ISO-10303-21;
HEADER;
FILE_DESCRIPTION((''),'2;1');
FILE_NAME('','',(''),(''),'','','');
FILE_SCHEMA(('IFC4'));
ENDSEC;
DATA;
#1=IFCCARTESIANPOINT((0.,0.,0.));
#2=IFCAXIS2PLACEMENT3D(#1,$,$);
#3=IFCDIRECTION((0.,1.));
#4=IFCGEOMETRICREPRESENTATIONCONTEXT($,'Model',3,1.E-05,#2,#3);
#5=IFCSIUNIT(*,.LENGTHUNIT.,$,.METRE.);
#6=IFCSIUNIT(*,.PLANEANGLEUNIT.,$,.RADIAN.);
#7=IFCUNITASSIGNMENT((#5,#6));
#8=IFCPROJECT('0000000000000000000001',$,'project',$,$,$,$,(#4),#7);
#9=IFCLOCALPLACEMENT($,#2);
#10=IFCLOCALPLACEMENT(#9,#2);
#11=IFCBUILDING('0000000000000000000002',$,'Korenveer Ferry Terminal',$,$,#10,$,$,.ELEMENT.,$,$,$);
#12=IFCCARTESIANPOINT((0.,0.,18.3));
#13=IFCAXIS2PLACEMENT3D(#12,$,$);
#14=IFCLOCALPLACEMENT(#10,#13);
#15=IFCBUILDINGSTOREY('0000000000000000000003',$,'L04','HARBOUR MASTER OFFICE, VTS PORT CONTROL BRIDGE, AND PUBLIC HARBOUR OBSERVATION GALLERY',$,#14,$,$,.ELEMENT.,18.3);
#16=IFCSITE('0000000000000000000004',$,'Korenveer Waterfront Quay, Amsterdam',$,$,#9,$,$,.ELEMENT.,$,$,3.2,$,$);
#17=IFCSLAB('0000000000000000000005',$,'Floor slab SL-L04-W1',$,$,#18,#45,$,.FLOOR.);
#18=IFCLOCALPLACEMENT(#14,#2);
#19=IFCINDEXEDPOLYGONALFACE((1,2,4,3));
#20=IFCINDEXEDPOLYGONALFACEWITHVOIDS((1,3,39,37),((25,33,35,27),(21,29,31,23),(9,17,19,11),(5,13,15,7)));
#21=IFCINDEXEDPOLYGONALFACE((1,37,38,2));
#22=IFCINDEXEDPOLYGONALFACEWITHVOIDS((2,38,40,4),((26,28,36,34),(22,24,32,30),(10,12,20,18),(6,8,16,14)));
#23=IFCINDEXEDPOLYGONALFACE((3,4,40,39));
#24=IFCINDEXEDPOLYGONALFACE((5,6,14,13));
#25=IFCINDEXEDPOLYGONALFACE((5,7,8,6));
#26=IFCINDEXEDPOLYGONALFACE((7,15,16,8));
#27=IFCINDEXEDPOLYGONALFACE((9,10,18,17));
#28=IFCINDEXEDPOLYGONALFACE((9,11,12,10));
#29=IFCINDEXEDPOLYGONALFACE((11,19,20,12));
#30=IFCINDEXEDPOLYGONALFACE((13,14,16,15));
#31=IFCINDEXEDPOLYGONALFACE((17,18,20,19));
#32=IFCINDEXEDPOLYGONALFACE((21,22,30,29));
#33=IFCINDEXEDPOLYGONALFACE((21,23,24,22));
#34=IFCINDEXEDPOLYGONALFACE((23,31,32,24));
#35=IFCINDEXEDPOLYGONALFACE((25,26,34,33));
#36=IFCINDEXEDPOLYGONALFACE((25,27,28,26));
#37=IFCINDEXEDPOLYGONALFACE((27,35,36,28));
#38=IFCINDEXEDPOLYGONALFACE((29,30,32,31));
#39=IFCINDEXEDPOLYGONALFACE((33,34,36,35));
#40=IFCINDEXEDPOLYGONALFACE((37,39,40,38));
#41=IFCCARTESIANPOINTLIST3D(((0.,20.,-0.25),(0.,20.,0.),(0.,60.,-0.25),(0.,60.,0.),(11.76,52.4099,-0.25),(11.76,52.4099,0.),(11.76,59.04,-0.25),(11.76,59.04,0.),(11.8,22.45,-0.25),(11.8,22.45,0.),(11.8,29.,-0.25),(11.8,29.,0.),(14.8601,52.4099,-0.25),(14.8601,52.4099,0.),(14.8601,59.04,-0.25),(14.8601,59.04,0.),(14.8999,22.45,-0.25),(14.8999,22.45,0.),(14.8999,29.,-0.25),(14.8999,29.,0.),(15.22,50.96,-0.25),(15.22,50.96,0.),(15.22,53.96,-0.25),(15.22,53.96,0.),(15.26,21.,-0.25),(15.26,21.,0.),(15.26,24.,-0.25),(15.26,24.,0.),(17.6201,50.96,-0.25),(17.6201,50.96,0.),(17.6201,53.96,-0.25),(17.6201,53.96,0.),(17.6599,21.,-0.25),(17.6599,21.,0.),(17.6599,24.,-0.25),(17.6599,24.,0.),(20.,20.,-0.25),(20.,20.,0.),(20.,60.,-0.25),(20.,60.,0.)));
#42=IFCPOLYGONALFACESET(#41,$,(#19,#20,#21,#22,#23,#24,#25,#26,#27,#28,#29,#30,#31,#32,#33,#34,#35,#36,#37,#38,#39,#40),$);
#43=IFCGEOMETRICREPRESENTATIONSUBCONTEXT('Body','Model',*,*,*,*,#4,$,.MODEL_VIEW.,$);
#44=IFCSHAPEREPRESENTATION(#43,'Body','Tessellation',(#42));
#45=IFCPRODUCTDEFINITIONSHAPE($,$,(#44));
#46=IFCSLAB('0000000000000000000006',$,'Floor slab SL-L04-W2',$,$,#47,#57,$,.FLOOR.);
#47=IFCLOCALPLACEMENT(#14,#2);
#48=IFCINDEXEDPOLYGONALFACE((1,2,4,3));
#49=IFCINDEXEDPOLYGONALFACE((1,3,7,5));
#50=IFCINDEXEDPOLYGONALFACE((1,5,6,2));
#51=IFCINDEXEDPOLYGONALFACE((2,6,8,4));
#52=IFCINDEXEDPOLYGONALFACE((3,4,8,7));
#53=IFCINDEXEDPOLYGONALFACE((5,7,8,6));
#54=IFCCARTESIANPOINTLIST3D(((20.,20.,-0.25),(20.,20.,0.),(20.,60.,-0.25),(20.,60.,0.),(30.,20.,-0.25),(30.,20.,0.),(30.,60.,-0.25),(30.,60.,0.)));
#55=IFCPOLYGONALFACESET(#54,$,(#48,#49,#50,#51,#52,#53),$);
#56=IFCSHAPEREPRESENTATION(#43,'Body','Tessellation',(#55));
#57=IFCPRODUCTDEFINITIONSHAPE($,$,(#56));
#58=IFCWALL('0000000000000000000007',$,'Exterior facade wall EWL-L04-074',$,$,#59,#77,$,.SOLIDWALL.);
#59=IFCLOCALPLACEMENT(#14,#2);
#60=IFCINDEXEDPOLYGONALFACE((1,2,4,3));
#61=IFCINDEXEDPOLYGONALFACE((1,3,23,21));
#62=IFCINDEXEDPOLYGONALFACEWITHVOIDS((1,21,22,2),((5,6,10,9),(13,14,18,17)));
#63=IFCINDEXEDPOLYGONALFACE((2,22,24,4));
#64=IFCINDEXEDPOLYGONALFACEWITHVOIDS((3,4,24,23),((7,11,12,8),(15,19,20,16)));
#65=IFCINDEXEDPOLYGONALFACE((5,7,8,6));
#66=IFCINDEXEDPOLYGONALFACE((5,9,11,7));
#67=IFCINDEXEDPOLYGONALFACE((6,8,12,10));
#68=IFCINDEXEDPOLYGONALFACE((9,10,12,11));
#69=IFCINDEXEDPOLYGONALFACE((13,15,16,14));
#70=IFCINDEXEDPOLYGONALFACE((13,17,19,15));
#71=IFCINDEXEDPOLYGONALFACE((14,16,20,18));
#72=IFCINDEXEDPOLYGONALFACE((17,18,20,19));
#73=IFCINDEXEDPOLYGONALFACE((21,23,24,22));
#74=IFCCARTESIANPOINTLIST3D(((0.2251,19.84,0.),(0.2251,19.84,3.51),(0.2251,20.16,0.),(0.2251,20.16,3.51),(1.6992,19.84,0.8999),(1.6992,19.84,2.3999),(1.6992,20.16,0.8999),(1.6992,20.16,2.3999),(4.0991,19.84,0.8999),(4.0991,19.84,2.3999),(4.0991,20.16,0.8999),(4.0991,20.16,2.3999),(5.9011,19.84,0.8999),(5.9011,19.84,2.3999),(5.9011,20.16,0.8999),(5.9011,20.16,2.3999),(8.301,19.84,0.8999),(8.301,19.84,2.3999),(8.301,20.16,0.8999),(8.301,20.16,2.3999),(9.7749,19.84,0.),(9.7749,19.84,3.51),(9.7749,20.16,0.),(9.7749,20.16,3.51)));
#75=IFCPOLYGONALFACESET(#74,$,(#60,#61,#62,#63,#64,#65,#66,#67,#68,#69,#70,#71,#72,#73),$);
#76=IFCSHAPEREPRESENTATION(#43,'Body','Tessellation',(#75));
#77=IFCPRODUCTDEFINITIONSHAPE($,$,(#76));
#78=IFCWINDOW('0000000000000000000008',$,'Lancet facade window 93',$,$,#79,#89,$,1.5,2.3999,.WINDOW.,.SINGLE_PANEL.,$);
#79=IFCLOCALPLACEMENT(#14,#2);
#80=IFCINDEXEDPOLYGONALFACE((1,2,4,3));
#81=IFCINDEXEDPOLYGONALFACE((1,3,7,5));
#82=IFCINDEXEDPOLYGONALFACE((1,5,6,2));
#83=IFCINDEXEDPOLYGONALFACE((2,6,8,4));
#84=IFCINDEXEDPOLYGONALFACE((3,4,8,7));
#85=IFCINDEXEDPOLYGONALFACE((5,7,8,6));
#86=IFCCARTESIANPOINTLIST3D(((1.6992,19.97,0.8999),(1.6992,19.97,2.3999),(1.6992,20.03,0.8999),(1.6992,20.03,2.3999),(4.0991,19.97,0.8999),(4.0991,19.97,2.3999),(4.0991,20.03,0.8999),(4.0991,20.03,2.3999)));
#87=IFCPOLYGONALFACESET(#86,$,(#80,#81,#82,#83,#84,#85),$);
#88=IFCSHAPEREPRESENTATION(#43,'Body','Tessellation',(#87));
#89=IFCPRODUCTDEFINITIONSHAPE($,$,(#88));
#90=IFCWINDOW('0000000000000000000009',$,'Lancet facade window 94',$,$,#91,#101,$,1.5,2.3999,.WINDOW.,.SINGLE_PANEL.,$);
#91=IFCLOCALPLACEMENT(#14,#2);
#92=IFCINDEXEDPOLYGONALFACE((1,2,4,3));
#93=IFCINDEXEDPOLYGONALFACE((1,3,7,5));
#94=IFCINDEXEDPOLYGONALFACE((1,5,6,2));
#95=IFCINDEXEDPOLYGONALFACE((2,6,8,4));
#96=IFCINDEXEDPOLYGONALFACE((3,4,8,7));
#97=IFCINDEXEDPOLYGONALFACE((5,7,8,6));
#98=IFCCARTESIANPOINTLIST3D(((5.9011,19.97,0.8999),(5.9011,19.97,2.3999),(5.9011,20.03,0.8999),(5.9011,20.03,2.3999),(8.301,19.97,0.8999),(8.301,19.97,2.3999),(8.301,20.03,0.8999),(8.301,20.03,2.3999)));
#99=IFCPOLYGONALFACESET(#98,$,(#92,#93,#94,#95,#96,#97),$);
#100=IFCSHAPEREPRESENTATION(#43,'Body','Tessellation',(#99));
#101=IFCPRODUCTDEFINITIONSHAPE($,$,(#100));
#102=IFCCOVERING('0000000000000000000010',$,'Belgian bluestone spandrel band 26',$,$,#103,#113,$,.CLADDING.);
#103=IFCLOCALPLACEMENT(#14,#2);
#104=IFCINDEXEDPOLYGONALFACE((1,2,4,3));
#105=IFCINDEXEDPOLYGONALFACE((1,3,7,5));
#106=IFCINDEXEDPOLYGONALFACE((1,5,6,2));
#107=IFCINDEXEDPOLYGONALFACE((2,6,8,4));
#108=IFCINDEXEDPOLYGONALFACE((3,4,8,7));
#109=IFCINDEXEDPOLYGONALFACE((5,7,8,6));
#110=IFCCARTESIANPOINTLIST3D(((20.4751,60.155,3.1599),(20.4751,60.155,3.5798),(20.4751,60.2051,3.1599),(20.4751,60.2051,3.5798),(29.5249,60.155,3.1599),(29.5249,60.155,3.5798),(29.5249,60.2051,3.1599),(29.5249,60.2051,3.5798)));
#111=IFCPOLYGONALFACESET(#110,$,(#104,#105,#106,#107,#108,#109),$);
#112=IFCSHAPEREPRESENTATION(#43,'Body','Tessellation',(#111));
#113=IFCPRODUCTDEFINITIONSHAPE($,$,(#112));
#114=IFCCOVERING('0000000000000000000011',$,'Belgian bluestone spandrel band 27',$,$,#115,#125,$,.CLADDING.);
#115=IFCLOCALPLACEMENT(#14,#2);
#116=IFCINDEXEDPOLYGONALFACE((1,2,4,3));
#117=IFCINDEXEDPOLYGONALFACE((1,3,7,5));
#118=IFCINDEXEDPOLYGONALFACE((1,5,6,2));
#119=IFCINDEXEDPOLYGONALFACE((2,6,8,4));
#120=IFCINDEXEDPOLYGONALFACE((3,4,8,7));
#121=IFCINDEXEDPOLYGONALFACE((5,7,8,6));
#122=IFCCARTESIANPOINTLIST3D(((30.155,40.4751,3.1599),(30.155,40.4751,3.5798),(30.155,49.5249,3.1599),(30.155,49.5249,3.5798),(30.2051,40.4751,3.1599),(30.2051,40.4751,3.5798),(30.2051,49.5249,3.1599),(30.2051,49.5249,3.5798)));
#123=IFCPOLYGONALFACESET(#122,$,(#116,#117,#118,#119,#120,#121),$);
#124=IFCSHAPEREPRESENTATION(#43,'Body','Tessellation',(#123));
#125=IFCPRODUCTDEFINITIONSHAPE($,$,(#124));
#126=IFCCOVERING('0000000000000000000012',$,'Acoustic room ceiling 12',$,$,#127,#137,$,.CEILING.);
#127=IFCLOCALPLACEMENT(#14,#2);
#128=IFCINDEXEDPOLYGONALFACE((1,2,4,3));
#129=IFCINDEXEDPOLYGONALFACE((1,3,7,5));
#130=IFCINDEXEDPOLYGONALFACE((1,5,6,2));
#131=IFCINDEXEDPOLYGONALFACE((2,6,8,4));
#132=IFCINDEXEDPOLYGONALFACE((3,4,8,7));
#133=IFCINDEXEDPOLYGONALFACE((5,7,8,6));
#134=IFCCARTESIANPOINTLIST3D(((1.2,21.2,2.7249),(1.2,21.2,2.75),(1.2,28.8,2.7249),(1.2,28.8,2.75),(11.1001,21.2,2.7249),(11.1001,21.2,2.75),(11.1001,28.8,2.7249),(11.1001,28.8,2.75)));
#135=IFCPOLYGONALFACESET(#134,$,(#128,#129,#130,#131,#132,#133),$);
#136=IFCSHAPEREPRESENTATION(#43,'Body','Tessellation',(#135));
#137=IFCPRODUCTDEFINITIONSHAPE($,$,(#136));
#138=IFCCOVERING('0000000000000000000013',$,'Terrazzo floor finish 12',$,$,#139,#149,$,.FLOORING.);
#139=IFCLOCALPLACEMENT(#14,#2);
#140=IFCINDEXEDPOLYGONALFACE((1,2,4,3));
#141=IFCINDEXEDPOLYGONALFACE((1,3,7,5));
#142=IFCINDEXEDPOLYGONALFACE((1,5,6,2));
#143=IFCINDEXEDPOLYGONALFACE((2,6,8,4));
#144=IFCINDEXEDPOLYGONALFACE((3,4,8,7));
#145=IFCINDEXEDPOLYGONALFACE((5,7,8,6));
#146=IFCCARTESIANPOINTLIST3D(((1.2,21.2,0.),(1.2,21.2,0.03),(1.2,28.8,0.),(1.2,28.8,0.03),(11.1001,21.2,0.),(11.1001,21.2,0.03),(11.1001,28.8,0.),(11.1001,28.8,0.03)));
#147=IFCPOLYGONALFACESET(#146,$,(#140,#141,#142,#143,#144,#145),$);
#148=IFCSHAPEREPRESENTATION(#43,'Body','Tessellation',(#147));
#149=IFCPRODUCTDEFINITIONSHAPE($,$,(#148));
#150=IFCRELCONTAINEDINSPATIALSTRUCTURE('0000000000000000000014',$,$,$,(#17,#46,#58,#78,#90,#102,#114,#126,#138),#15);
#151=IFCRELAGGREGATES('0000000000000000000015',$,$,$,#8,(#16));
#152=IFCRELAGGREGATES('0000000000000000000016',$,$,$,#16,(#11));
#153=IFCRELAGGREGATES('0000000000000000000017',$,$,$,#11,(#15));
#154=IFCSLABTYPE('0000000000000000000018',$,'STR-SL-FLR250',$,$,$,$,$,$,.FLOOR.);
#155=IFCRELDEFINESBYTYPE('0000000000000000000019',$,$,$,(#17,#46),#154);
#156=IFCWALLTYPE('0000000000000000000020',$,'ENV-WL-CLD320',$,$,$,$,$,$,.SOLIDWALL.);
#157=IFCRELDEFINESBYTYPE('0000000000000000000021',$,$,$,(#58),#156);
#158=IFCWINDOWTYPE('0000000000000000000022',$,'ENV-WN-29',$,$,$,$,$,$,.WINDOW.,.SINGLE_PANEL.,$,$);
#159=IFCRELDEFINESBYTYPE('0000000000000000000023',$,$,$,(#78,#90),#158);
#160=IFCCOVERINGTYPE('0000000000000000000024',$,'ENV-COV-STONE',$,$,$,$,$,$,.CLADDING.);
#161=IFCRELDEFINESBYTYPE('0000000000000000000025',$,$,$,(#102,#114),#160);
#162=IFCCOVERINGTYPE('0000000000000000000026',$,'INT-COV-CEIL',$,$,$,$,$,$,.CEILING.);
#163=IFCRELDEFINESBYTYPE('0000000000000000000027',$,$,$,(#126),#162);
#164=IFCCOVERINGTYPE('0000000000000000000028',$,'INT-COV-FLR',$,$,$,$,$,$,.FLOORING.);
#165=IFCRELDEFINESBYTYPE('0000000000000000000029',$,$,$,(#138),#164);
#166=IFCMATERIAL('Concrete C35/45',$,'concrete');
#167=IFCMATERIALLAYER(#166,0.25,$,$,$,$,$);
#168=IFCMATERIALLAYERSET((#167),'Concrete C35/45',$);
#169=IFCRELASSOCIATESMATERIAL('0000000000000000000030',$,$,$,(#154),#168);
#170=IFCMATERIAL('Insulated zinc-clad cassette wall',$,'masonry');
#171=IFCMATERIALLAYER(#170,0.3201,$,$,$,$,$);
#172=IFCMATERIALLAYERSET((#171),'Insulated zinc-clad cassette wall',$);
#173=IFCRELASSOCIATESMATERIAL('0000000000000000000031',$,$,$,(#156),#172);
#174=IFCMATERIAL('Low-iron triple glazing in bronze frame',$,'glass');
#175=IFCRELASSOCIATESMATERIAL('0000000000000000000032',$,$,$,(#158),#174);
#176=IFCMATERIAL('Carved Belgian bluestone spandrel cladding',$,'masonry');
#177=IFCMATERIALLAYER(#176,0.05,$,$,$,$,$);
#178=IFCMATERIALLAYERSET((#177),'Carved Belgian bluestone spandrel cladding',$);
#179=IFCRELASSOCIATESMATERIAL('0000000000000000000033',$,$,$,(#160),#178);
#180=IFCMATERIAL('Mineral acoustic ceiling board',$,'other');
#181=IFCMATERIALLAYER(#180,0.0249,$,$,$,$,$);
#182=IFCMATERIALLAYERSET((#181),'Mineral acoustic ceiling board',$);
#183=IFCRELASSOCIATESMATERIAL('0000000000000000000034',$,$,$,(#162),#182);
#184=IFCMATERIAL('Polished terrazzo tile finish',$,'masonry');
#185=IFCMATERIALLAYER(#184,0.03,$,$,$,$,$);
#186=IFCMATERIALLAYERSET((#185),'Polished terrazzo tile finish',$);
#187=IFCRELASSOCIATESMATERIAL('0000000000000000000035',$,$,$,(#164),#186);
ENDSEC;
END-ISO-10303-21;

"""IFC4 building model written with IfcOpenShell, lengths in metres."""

from ifc_helpers import new_model, si_unit, direction, frame, frame_2d, origin, place, context, subcontext, project, spatial, polyline, rectangle, outline, extrude, material, layer, layer_set, type_object, element, fill, save


model = new_model("IFC4")

# Units and contexts
model_context = context("Model", 3, precision=1e-05, world=origin(), true_north=direction((0.0, 1.0)))
body_context = subcontext(model_context, "Body", "Model", "MODEL_VIEW")
ifc_project = project(units=[si_unit("LENGTHUNIT", "METRE"), si_unit("PLANEANGLEUNIT", "RADIAN")], contexts=[model_context])

# Site, building, storey
site_placement = place(None, origin())
site = spatial("IfcSite", under=ifc_project, at=site_placement, Name="Korenveer Waterfront Quay, Amsterdam", CompositionType="ELEMENT", RefElevation=3.2)
building_placement = place(site_placement, origin())
building = spatial("IfcBuilding", under=site, at=building_placement, Name="Korenveer Ferry Terminal", CompositionType="ELEMENT")
storey_placement = place(building_placement, frame((0.0, 0.0, 18.3)))
storey = spatial("IfcBuildingStorey", under=building, at=storey_placement, Name="L04", Description="HARBOUR MASTER OFFICE, VTS PORT CONTROL BRIDGE, AND PUBLIC HARBOUR OBSERVATION GALLERY", CompositionType="ELEMENT", Elevation=18.3)

# Slabs
ifc_material_1 = material(Name="Concrete C35/45", Category="concrete")
ifc_layer_1 = layer(ifc_material_1, 0.25)
ifc_layer_set_1 = layer_set([ifc_layer_1], Name="Concrete C35/45")
slab_type_1 = type_object("IfcSlabType", Name="STR-SL-FLR250", PredefinedType="FLOOR", material=ifc_layer_set_1)
slab_1_placement = place(storey_placement, frame((0.0, 0.0, -0.25)))
element("IfcSlab", 1, at=slab_1_placement, inside=storey, type_object=slab_type_1, Name="Floor slab SL-L04-W1", PredefinedType="FLOOR", context=body_context, shape_type="SweptSolid", body=[
    extrude(outline(polyline([(0.0, 20.0), (20.0, 20.0), (20.0, 60.0), (0.0, 60.0), (0.0, 20.0)]), holes=[polyline([(14.8999, 22.45), (14.8999, 29.0), (11.8, 29.0), (11.8, 22.45), (14.8999, 22.45)]), polyline([(15.26, 21.0), (17.6599, 21.0), (17.6599, 24.0), (15.26, 24.0), (15.26, 21.0)]), polyline([(14.8601, 52.4099), (14.8601, 59.04), (11.76, 59.04), (11.76, 52.4099), (14.8601, 52.4099)]), polyline([(15.22, 50.96), (17.6201, 50.96), (17.6201, 53.96), (15.22, 53.96), (15.22, 50.96)])]), origin(), (0.0, 0.0, 1.0), 0.25),
])
slab_2_placement = place(storey_placement, frame((0.0, 0.0, -0.25)))
element("IfcSlab", 2, at=slab_2_placement, inside=storey, type_object=slab_type_1, Name="Floor slab SL-L04-W2", PredefinedType="FLOOR", context=body_context, shape_type="SweptSolid", body=[
    extrude(outline(polyline([(20.0, 20.0), (30.0, 20.0), (30.0, 60.0), (20.0, 60.0), (20.0, 20.0)])), origin(), (0.0, 0.0, 1.0), 0.25),
])

# Wall, openings, windows
ifc_material_2 = material(Name="Insulated zinc-clad cassette wall", Category="masonry")
ifc_layer_2 = layer(ifc_material_2, 0.3201)
ifc_layer_set_2 = layer_set([ifc_layer_2], Name="Insulated zinc-clad cassette wall")
wall_type = type_object("IfcWallType", Name="ENV-WL-CLD320", PredefinedType="SOLIDWALL", material=ifc_layer_set_2)
wall_placement = place(storey_placement, frame((0.2251, 20.0, 0.0), z_axis=(0.0, 0.0, 1.0), x_axis=(1.0, 0.0, 0.0)))
wall = element("IfcWall", 3, at=wall_placement, inside=storey, type_object=wall_type, Name="Exterior facade wall EWL-L04-074", PredefinedType="SOLIDWALL", context=body_context, shape_type="SweptSolid", body=[
    extrude(rectangle(XDim=9.5498, YDim=0.3201, at=frame_2d((4.7749, 0.0))), origin(), (0.0, 0.0, 1.0), 3.51),
])
opening_1_placement = place(wall_placement, frame((1.4741, 0.0, 0.8999)))
opening_1 = element("IfcOpeningElement", 4, at=opening_1_placement, cuts=wall, PredefinedType="OPENING", context=body_context, shape_type="SweptSolid", body=[
    extrude(rectangle(XDim=2.3999, YDim=1.5, at=frame_2d((1.2, 0.75))), frame((0.0, 0.1699, 0.0), z_axis=(0.0, -1.0, 0.0), x_axis=(1.0, 0.0, 0.0)), (0.0, 0.0, 1.0), 0.3401),
])
opening_2_placement = place(wall_placement, frame((5.676, 0.0, 0.8999)))
opening_2 = element("IfcOpeningElement", 5, at=opening_2_placement, cuts=wall, PredefinedType="OPENING", context=body_context, shape_type="SweptSolid", body=[
    extrude(rectangle(XDim=2.3999, YDim=1.5, at=frame_2d((1.2, 0.75))), frame((0.0, 0.1699, 0.0), z_axis=(0.0, -1.0, 0.0), x_axis=(1.0, 0.0, 0.0)), (0.0, 0.0, 1.0), 0.3401),
])
ifc_material_3 = material(Name="Low-iron triple glazing in bronze frame", Category="glass")
window_type = type_object("IfcWindowType", Name="ENV-WN-29", PartitioningType="SINGLE_PANEL", PredefinedType="WINDOW", material=ifc_material_3)
window_1_placement = place(opening_1_placement, origin())
window_1 = element("IfcWindow", 6, at=window_1_placement, inside=storey, type_object=window_type, Name="Lancet facade window 93", OverallHeight=1.5, OverallWidth=2.3999, PartitioningType="SINGLE_PANEL", PredefinedType="WINDOW", context=body_context, shape_type="SweptSolid", body=[
    extrude(rectangle(XDim=2.3999, YDim=1.5, at=frame_2d((1.2, 0.75))), frame((0.0, 0.03, 0.0), z_axis=(0.0, -1.0, 0.0), x_axis=(1.0, 0.0, 0.0)), (0.0, 0.0, 1.0), 0.0601),
])
fill(opening_1, window_1)
window_2_placement = place(opening_2_placement, origin())
window_2 = element("IfcWindow", 7, at=window_2_placement, inside=storey, type_object=window_type, Name="Lancet facade window 94", OverallHeight=1.5, OverallWidth=2.3999, PartitioningType="SINGLE_PANEL", PredefinedType="WINDOW", context=body_context, shape_type="SweptSolid", body=[
    extrude(rectangle(XDim=2.3999, YDim=1.5, at=frame_2d((1.2, 0.75))), frame((0.0, 0.03, 0.0), z_axis=(0.0, -1.0, 0.0), x_axis=(1.0, 0.0, 0.0)), (0.0, 0.0, 1.0), 0.0601),
])
fill(opening_2, window_2)

# Coverings
ifc_material_4 = material(Name="Carved Belgian bluestone spandrel cladding", Category="masonry")
ifc_layer_3 = layer(ifc_material_4, 0.05)
ifc_layer_set_3 = layer_set([ifc_layer_3], Name="Carved Belgian bluestone spandrel cladding")
covering_type_1 = type_object("IfcCoveringType", Name="ENV-COV-STONE", PredefinedType="CLADDING", material=ifc_layer_set_3)
covering_1_placement = place(storey_placement, frame((0.0, 0.0, 3.1599)))
element("IfcCovering", 8, at=covering_1_placement, inside=storey, type_object=covering_type_1, Name="Belgian bluestone spandrel band 26", PredefinedType="CLADDING", context=body_context, shape_type="SweptSolid", body=[
    extrude(outline(polyline([(20.4751, 60.155), (29.5249, 60.155), (29.5249, 60.2051), (20.4751, 60.2051), (20.4751, 60.155)])), origin(), (0.0, 0.0, 1.0), 0.4199),
])
covering_2_placement = place(storey_placement, frame((0.0, 0.0, 3.1599)))
element("IfcCovering", 9, at=covering_2_placement, inside=storey, type_object=covering_type_1, Name="Belgian bluestone spandrel band 27", PredefinedType="CLADDING", context=body_context, shape_type="SweptSolid", body=[
    extrude(outline(polyline([(30.155, 40.4751), (30.2051, 40.4751), (30.2051, 49.5249), (30.155, 49.5249), (30.155, 40.4751)])), origin(), (0.0, 0.0, 1.0), 0.4199),
])
ifc_material_5 = material(Name="Mineral acoustic ceiling board", Category="other")
ifc_layer_4 = layer(ifc_material_5, 0.0249)
ifc_layer_set_4 = layer_set([ifc_layer_4], Name="Mineral acoustic ceiling board")
covering_type_2 = type_object("IfcCoveringType", Name="INT-COV-CEIL", PredefinedType="CEILING", material=ifc_layer_set_4)
covering_3_placement = place(storey_placement, frame((0.0, 0.0, 2.7249)))
element("IfcCovering", 10, at=covering_3_placement, inside=storey, type_object=covering_type_2, Name="Acoustic room ceiling 12", PredefinedType="CEILING", context=body_context, shape_type="SweptSolid", body=[
    extrude(outline(polyline([(1.2, 21.2), (11.1001, 21.2), (11.1001, 28.8), (1.2, 28.8), (1.2, 21.2)])), origin(), (0.0, 0.0, 1.0), 0.0251),
])
ifc_material_6 = material(Name="Polished terrazzo tile finish", Category="masonry")
ifc_layer_5 = layer(ifc_material_6, 0.03)
ifc_layer_set_5 = layer_set([ifc_layer_5], Name="Polished terrazzo tile finish")
covering_type_3 = type_object("IfcCoveringType", Name="INT-COV-FLR", PredefinedType="FLOORING", material=ifc_layer_set_5)
covering_4_placement = place(storey_placement, origin())
element("IfcCovering", 11, at=covering_4_placement, inside=storey, type_object=covering_type_3, Name="Terrazzo floor finish 12", PredefinedType="FLOORING", context=body_context, shape_type="SweptSolid", body=[
    extrude(outline(polyline([(1.2, 21.2), (11.1001, 21.2), (11.1001, 28.8), (1.2, 28.8), (1.2, 21.2)])), origin(), (0.0, 0.0, 1.0), 0.03),
])

save(model, "model.ifc")
